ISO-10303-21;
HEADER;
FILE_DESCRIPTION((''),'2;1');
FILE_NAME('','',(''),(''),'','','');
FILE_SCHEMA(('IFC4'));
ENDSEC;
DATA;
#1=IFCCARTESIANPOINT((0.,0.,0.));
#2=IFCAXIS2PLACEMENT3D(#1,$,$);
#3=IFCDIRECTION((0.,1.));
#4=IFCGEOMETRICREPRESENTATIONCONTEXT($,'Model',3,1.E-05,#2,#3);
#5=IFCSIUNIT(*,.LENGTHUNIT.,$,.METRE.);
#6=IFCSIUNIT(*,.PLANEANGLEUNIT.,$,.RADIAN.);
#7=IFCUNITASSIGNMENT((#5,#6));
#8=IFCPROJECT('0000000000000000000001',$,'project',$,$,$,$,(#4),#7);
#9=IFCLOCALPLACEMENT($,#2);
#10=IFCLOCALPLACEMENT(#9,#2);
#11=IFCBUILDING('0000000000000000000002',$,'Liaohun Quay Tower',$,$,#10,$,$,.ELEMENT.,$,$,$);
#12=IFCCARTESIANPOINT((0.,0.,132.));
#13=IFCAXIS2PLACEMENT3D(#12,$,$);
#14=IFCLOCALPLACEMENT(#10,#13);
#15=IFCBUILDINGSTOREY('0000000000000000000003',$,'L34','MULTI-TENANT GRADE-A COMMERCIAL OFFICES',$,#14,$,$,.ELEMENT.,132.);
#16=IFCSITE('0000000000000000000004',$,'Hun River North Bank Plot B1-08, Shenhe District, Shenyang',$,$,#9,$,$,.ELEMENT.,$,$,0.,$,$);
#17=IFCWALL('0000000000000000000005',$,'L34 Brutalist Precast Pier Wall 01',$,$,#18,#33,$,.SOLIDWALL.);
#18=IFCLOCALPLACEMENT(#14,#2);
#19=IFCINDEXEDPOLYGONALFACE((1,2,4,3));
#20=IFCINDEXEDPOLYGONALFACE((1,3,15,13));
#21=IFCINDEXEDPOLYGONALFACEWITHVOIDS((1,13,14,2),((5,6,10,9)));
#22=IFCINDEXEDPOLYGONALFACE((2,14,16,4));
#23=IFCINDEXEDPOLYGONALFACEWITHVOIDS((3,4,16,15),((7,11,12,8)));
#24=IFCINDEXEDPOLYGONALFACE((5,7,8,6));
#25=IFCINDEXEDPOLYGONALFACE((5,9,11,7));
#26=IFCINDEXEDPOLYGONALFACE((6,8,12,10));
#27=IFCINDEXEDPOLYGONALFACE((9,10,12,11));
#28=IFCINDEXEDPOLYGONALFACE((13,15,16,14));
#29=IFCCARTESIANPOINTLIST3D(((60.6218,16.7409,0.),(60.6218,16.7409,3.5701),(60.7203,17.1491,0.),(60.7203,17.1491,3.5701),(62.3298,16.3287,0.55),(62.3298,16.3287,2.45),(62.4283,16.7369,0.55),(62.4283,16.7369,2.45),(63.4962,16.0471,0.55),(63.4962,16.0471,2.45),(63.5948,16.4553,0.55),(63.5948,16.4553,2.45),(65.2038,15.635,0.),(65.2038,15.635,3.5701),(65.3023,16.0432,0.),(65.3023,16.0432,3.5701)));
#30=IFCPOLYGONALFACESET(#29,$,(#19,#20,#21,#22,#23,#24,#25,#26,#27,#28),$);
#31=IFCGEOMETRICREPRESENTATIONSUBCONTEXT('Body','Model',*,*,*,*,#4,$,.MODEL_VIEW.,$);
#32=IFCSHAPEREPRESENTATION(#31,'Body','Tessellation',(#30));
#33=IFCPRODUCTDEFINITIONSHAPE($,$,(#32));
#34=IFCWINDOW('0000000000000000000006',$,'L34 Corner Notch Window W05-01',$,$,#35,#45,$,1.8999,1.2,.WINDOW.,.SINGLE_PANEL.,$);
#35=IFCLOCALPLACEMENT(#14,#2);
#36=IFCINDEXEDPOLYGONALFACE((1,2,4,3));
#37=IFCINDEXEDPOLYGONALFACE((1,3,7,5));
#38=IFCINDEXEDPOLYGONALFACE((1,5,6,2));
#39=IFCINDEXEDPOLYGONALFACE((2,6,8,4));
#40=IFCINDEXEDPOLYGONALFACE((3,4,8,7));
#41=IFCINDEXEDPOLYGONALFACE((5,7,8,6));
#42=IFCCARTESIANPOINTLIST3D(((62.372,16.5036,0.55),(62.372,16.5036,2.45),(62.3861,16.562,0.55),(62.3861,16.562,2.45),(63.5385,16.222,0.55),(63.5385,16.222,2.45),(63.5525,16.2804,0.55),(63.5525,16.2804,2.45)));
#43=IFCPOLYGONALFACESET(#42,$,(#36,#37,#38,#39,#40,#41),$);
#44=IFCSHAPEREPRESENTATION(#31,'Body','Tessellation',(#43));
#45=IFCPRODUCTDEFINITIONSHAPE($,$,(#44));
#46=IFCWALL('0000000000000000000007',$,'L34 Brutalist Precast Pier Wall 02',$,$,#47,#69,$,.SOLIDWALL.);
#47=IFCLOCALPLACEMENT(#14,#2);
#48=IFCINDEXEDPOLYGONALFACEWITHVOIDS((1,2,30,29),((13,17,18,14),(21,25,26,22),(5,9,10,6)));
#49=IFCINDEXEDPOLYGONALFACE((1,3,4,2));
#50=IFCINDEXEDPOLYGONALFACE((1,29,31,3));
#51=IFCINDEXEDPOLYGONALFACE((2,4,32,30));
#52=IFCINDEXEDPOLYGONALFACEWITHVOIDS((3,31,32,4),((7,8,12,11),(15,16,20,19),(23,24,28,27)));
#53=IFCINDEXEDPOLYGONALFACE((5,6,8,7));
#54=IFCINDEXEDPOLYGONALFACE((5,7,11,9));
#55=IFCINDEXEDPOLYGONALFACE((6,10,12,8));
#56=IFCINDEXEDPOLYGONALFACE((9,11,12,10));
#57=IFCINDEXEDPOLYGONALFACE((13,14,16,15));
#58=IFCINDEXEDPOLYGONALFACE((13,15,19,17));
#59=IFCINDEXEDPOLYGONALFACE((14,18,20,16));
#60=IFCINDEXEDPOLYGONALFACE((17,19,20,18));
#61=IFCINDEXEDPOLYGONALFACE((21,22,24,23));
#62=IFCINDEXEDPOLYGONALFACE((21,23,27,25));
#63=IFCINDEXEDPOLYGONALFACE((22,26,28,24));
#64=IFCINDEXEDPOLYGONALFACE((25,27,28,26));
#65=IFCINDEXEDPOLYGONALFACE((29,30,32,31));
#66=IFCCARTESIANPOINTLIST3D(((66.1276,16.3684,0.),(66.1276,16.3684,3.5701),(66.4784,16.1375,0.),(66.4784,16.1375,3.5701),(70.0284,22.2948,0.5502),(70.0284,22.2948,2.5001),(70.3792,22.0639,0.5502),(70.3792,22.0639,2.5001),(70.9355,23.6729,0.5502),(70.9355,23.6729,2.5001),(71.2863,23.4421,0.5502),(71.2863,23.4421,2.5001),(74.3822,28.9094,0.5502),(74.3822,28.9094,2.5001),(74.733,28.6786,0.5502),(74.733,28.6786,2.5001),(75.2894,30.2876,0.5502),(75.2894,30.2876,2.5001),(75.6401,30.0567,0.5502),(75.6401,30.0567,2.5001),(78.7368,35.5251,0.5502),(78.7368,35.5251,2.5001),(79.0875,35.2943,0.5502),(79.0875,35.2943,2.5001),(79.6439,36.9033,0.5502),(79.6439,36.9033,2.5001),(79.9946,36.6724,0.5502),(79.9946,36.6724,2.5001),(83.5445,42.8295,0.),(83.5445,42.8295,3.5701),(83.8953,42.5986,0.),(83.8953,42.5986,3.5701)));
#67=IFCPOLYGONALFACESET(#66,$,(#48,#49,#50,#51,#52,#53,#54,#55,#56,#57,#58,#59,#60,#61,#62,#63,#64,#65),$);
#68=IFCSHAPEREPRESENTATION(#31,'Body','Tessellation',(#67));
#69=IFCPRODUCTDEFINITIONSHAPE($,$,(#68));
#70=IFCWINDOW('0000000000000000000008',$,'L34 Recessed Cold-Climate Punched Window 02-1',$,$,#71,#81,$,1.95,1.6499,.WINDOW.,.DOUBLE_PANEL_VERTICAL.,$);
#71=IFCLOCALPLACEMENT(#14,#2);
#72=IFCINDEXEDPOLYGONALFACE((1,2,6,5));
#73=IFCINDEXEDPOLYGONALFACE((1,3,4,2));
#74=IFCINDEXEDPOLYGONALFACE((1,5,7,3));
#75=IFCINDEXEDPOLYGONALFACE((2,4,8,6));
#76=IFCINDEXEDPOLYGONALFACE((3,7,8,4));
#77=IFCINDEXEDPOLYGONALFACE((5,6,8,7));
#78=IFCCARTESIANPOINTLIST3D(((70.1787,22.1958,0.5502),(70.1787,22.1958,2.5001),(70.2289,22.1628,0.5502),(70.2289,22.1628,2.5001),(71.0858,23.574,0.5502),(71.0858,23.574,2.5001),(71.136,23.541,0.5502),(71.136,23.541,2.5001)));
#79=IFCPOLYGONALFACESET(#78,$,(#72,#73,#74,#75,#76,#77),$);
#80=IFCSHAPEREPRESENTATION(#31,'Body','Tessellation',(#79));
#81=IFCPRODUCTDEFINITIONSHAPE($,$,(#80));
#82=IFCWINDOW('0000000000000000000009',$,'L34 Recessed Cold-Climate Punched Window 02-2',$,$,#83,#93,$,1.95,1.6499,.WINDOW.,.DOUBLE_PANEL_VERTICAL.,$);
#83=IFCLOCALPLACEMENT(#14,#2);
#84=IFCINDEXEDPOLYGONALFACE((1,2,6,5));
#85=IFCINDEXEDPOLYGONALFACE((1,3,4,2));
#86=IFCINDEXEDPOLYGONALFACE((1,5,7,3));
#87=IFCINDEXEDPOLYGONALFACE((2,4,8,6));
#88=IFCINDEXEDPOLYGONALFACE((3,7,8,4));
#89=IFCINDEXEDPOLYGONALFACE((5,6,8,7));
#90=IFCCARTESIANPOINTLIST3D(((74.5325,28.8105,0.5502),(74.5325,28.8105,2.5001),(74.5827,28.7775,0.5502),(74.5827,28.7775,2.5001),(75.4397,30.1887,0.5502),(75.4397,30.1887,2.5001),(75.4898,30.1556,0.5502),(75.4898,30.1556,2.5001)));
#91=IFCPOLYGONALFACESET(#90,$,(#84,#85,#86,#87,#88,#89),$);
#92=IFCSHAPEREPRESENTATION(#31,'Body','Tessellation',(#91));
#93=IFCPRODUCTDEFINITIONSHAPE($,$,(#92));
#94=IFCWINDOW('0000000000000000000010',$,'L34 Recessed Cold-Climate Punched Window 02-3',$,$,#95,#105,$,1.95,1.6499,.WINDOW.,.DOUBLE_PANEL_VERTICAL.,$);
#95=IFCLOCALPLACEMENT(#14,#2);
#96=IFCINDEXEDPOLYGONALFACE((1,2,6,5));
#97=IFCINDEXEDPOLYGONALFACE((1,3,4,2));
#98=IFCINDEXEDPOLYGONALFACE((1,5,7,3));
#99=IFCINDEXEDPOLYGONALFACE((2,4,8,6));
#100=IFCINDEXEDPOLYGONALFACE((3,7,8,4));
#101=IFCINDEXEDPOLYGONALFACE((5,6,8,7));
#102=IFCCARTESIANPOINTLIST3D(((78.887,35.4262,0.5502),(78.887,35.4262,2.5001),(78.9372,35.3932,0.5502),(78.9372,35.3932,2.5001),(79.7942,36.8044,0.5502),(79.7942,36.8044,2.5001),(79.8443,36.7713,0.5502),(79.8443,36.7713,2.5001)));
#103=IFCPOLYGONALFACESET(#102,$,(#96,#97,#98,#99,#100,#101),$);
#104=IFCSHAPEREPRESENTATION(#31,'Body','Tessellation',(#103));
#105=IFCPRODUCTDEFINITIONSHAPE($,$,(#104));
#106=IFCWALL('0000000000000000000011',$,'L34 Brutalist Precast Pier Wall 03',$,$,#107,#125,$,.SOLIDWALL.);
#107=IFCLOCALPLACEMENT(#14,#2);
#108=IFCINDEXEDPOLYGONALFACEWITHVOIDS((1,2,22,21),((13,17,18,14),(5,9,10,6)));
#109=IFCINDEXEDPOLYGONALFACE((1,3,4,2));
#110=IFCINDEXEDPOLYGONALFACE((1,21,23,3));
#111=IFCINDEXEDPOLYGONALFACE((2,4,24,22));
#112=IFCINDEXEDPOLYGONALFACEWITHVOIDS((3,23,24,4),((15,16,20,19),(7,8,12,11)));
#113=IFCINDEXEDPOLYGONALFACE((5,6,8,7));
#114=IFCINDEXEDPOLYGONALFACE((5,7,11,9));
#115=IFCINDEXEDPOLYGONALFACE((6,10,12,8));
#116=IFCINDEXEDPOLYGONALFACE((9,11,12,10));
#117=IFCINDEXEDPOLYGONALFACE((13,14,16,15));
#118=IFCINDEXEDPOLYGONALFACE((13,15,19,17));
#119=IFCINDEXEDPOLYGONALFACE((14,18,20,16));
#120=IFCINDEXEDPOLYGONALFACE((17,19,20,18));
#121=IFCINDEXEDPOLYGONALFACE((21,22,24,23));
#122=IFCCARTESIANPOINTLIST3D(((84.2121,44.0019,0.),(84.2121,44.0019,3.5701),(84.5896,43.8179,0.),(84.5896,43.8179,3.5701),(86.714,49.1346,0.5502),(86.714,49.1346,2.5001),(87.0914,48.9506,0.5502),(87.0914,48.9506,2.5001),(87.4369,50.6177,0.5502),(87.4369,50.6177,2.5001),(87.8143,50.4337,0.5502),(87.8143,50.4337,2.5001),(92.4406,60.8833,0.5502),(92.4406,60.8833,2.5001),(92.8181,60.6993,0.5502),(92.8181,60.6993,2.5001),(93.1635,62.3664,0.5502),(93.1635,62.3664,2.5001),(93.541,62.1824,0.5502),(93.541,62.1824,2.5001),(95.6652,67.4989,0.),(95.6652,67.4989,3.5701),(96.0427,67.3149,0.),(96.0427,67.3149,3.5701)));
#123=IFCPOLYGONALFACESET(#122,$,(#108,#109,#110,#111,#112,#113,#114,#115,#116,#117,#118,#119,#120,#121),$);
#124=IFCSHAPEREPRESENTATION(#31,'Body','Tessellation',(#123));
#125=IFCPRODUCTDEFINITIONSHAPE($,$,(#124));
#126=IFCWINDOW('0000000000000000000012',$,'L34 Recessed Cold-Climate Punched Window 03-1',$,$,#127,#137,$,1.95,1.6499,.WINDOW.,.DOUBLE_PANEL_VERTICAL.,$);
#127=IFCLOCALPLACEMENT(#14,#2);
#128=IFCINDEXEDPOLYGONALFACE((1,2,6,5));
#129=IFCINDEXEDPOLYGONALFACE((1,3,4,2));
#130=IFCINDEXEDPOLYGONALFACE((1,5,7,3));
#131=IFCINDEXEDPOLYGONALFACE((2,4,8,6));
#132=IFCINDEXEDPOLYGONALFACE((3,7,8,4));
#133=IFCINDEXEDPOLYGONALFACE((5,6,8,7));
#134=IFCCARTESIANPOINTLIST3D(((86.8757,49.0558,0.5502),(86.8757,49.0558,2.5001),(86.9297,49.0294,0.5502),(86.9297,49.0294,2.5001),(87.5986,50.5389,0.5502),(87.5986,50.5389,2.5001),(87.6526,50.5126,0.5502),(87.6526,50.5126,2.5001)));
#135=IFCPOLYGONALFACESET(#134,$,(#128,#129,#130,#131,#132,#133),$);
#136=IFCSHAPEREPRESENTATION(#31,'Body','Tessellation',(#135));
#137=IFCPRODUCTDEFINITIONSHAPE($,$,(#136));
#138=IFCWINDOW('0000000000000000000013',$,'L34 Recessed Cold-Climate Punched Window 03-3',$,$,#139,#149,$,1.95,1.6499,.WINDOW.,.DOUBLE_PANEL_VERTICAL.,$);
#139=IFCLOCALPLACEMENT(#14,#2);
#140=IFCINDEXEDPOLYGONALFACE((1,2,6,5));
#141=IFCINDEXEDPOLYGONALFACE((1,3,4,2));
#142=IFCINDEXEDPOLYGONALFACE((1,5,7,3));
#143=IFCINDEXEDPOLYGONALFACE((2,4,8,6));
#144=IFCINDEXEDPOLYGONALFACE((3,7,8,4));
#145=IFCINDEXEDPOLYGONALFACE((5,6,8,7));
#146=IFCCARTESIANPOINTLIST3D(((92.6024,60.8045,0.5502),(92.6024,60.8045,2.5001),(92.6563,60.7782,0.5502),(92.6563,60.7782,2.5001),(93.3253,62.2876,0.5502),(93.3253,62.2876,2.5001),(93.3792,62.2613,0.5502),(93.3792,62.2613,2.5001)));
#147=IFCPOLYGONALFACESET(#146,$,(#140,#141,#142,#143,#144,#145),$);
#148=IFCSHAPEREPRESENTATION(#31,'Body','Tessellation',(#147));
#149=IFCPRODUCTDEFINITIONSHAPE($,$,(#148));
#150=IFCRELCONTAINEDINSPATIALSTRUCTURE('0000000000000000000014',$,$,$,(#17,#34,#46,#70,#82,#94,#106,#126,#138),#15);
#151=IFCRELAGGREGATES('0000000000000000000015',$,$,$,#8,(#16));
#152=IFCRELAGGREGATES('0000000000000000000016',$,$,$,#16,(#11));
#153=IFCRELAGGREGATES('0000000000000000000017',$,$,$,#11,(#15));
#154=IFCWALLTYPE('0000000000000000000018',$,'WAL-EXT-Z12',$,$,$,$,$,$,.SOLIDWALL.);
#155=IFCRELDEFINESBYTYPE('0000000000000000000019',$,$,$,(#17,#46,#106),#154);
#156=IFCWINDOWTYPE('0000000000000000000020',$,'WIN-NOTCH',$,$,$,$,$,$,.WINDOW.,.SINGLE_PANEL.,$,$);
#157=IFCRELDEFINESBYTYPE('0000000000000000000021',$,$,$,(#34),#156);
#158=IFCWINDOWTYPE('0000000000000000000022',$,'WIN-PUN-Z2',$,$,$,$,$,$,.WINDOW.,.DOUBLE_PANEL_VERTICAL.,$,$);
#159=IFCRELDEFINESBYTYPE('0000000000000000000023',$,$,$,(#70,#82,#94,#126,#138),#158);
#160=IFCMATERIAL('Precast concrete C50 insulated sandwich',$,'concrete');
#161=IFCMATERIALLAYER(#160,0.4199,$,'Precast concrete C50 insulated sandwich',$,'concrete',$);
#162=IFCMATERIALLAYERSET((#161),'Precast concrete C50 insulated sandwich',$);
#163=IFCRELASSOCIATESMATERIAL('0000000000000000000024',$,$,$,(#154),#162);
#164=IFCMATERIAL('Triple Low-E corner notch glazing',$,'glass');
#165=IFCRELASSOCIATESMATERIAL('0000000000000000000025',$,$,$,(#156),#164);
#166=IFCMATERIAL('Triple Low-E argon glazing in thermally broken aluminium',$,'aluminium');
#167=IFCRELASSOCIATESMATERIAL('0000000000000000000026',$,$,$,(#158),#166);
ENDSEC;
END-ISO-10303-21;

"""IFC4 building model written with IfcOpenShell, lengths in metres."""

from ifc_helpers import new_model, si_unit, direction, frame, frame_2d, origin, place, context, subcontext, project, spatial, rectangle, extrude, source, transform, mapped, material, layer, layer_set, type_object, element, fill, save


model = new_model("IFC4")

# Units and contexts
model_context = context("Model", 3, precision=1e-05, world=origin(), true_north=direction((0.0, 1.0)))
body_context = subcontext(model_context, "Body", "Model", "MODEL_VIEW")
ifc_project = project(units=[si_unit("LENGTHUNIT", "METRE"), si_unit("PLANEANGLEUNIT", "RADIAN")], contexts=[model_context])

# Site, building, storey
site_placement = place(None, origin())
site = spatial("IfcSite", under=ifc_project, at=site_placement, Name="Hun River North Bank Plot B1-08, Shenhe District, Shenyang", CompositionType="ELEMENT", RefElevation=0.0)
building_placement = place(site_placement, origin())
building = spatial("IfcBuilding", under=site, at=building_placement, Name="Liaohun Quay Tower", CompositionType="ELEMENT")
storey_placement = place(building_placement, frame((0.0, 0.0, 132.0)))
storey = spatial("IfcBuildingStorey", under=building, at=storey_placement, Name="L34", Description="MULTI-TENANT GRADE-A COMMERCIAL OFFICES", CompositionType="ELEMENT", Elevation=132.0)

# Wall, opening, window
ifc_material_1 = material(Name="Precast concrete C50 insulated sandwich", Category="concrete")
ifc_layer_1 = layer(ifc_material_1, 0.4199, Name="Precast concrete C50 insulated sandwich", Category="concrete")
ifc_layer_set_1 = layer_set([ifc_layer_1], Name="Precast concrete C50 insulated sandwich")
wall_type_1 = type_object("IfcWallType", Name="WAL-EXT-Z12", PredefinedType="SOLIDWALL", material=ifc_layer_set_1)
wall_1_placement = place(storey_placement, frame((60.6709, 16.9451, 0.0), z_axis=(0.0, 0.0, 1.0), x_axis=(0.972085, -0.23463, 0.0)))
wall_1 = element("IfcWall", 1, at=wall_1_placement, inside=storey, type_object=wall_type_1, Name="L34 Brutalist Precast Pier Wall 01", PredefinedType="SOLIDWALL", context=body_context, shape_type="SweptSolid", body=[
    extrude(rectangle(XDim=4.7136, YDim=0.4199, at=frame_2d((2.3569, 0.0))), origin(), (0.0, 0.0, 1.0), 3.5701),
])
shared_shape_1 = source(origin(), body_context, "Body", "SweptSolid", [
    extrude(rectangle(XDim=1.2, YDim=1.8999, at=frame_2d((0.6001, 0.95))), frame((0.0, 0.22, 0.0), z_axis=(0.0, -1.0, 0.0), x_axis=(1.0, 0.0, 0.0)), (0.0, 0.0, 1.0), 0.4399),
])
opening_1_placement = place(wall_1_placement, frame((1.7571, 0.0, 0.55)))
opening_1 = element("IfcOpeningElement", 2, at=opening_1_placement, cuts=wall_1, PredefinedType="OPENING", context=body_context, shape_type="MappedRepresentation", body=[
    mapped(shared_shape_1, transform((0.0, 0.0, 0.0), x_axis=(1.0, 0.0, 0.0), y_axis=(0.0, 1.0, 0.0), z_axis=(0.0, 0.0, 1.0), scale=1.0)),
])
ifc_material_2 = material(Name="Triple Low-E corner notch glazing", Category="glass")
window_type_1 = type_object("IfcWindowType", Name="WIN-NOTCH", PartitioningType="SINGLE_PANEL", PredefinedType="WINDOW", material=ifc_material_2)
shared_shape_2 = source(origin(), body_context, "Body", "SweptSolid", [
    extrude(rectangle(XDim=1.2, YDim=1.8999, at=frame_2d((0.6001, 0.95))), frame((0.0, 0.03, 0.0), z_axis=(0.0, -1.0, 0.0), x_axis=(1.0, 0.0, 0.0)), (0.0, 0.0, 1.0), 0.0601),
])
window_1_placement = place(opening_1_placement, origin())
window_1 = element("IfcWindow", 3, at=window_1_placement, inside=storey, type_object=window_type_1, Name="L34 Corner Notch Window W05-01", OverallHeight=1.8999, OverallWidth=1.2, PartitioningType="SINGLE_PANEL", PredefinedType="WINDOW", context=body_context, shape_type="MappedRepresentation", body=[
    mapped(shared_shape_2, transform((0.0, 0.0, 0.0), x_axis=(1.0, 0.0, 0.0), y_axis=(0.0, 1.0, 0.0), z_axis=(0.0, 0.0, 1.0), scale=1.0)),
])
fill(opening_1, window_1)

# Walls, openings, windows
wall_2_placement = place(storey_placement, frame((66.303, 16.2529, 0.0), z_axis=(0.0, 0.0, 1.0), x_axis=(0.5498, 0.835296, 0.0)))
wall_2 = element("IfcWall", 4, at=wall_2_placement, inside=storey, type_object=wall_type_1, Name="L34 Brutalist Precast Pier Wall 02", PredefinedType="SOLIDWALL", context=body_context, shape_type="SweptSolid", body=[
    extrude(rectangle(XDim=31.6787, YDim=0.4199, at=frame_2d((15.8394, 0.0))), origin(), (0.0, 0.0, 1.0), 3.5701),
])
shared_shape_3 = source(origin(), body_context, "Body", "SweptSolid", [
    extrude(rectangle(XDim=1.6499, YDim=1.95, at=frame_2d((0.825, 0.9751))), frame((0.0, 0.22, 0.0), z_axis=(0.0, -1.0, 0.0), x_axis=(1.0, 0.0, 0.0)), (0.0, 0.0, 1.0), 0.4399),
])
opening_2_placement = place(wall_2_placement, frame((7.095, 0.0, 0.55)))
opening_2 = element("IfcOpeningElement", 5, at=opening_2_placement, cuts=wall_2, PredefinedType="OPENING", context=body_context, shape_type="MappedRepresentation", body=[
    mapped(shared_shape_3, transform((0.0, 0.0, 0.0), x_axis=(1.0, 0.0, 0.0), y_axis=(0.0, 1.0, 0.0), z_axis=(0.0, 0.0, 1.0), scale=1.0)),
])
opening_3_placement = place(wall_2_placement, frame((15.0139, 0.0, 0.55)))
opening_3 = element("IfcOpeningElement", 6, at=opening_3_placement, cuts=wall_2, PredefinedType="OPENING", context=body_context, shape_type="MappedRepresentation", body=[
    mapped(shared_shape_3, transform((0.0, 0.0, 0.0), x_axis=(1.0, 0.0, 0.0), y_axis=(0.0, 1.0, 0.0), z_axis=(0.0, 0.0, 1.0), scale=1.0)),
])
opening_4_placement = place(wall_2_placement, frame((22.9341, 0.0, 0.55)))
opening_4 = element("IfcOpeningElement", 7, at=opening_4_placement, cuts=wall_2, PredefinedType="OPENING", context=body_context, shape_type="MappedRepresentation", body=[
    mapped(shared_shape_3, transform((0.0, 0.0, 0.0), x_axis=(1.0, 0.0, 0.0), y_axis=(0.0, 1.0, 0.0), z_axis=(0.0, 0.0, 1.0), scale=1.0)),
])
ifc_material_3 = material(Name="Triple Low-E argon glazing in thermally broken aluminium", Category="aluminium")
window_type_2 = type_object("IfcWindowType", Name="WIN-PUN-Z2", PartitioningType="DOUBLE_PANEL_VERTICAL", PredefinedType="WINDOW", material=ifc_material_3)
shared_shape_4 = source(origin(), body_context, "Body", "SweptSolid", [
    extrude(rectangle(XDim=1.6499, YDim=1.95, at=frame_2d((0.825, 0.9751))), frame((0.0, 0.03, 0.0), z_axis=(0.0, -1.0, 0.0), x_axis=(1.0, 0.0, 0.0)), (0.0, 0.0, 1.0), 0.0601),
])
window_2_placement = place(opening_2_placement, origin())
window_2 = element("IfcWindow", 8, at=window_2_placement, inside=storey, type_object=window_type_2, Name="L34 Recessed Cold-Climate Punched Window 02-1", OverallHeight=1.95, OverallWidth=1.6499, PartitioningType="DOUBLE_PANEL_VERTICAL", PredefinedType="WINDOW", context=body_context, shape_type="MappedRepresentation", body=[
    mapped(shared_shape_4, transform((0.0, 0.0, 0.0), x_axis=(1.0, 0.0, 0.0), y_axis=(0.0, 1.0, 0.0), z_axis=(0.0, 0.0, 1.0), scale=1.0)),
])
fill(opening_2, window_2)
window_3_placement = place(opening_3_placement, origin())
window_3 = element("IfcWindow", 9, at=window_3_placement, inside=storey, type_object=window_type_2, Name="L34 Recessed Cold-Climate Punched Window 02-2", OverallHeight=1.95, OverallWidth=1.6499, PartitioningType="DOUBLE_PANEL_VERTICAL", PredefinedType="WINDOW", context=body_context, shape_type="MappedRepresentation", body=[
    mapped(shared_shape_4, transform((0.0, 0.0, 0.0), x_axis=(1.0, 0.0, 0.0), y_axis=(0.0, 1.0, 0.0), z_axis=(0.0, 0.0, 1.0), scale=1.0)),
])
fill(opening_3, window_3)
window_4_placement = place(opening_4_placement, origin())
window_4 = element("IfcWindow", 10, at=window_4_placement, inside=storey, type_object=window_type_2, Name="L34 Recessed Cold-Climate Punched Window 02-3", OverallHeight=1.95, OverallWidth=1.6499, PartitioningType="DOUBLE_PANEL_VERTICAL", PredefinedType="WINDOW", context=body_context, shape_type="MappedRepresentation", body=[
    mapped(shared_shape_4, transform((0.0, 0.0, 0.0), x_axis=(1.0, 0.0, 0.0), y_axis=(0.0, 1.0, 0.0), z_axis=(0.0, 0.0, 1.0), scale=1.0)),
])
fill(opening_4, window_4)
wall_3_placement = place(storey_placement, frame((84.4009, 43.9099, 0.0), z_axis=(0.0, 0.0, 1.0), x_axis=(0.43815, 0.898902, 0.0)))
wall_3 = element("IfcWall", 11, at=wall_3_placement, inside=storey, type_object=wall_type_1, Name="L34 Brutalist Precast Pier Wall 03", PredefinedType="SOLIDWALL", context=body_context, shape_type="SweptSolid", body=[
    extrude(rectangle(XDim=26.1396, YDim=0.4199, at=frame_2d((13.0698, 0.0))), origin(), (0.0, 0.0, 1.0), 3.5701),
])
opening_5_placement = place(wall_3_placement, frame((5.71, 0.0, 0.55)))
opening_5 = element("IfcOpeningElement", 12, at=opening_5_placement, cuts=wall_3, PredefinedType="OPENING", context=body_context, shape_type="MappedRepresentation", body=[
    mapped(shared_shape_3, transform((0.0, 0.0, 0.0), x_axis=(1.0, 0.0, 0.0), y_axis=(0.0, 1.0, 0.0), z_axis=(0.0, 0.0, 1.0), scale=1.0)),
])
opening_6_placement = place(wall_3_placement, frame((18.78, 0.0, 0.55)))
opening_6 = element("IfcOpeningElement", 13, at=opening_6_placement, cuts=wall_3, PredefinedType="OPENING", context=body_context, shape_type="MappedRepresentation", body=[
    mapped(shared_shape_3, transform((0.0, 0.0, 0.0), x_axis=(1.0, 0.0, 0.0), y_axis=(0.0, 1.0, 0.0), z_axis=(0.0, 0.0, 1.0), scale=1.0)),
])
window_5_placement = place(opening_5_placement, origin())
window_5 = element("IfcWindow", 14, at=window_5_placement, inside=storey, type_object=window_type_2, Name="L34 Recessed Cold-Climate Punched Window 03-1", OverallHeight=1.95, OverallWidth=1.6499, PartitioningType="DOUBLE_PANEL_VERTICAL", PredefinedType="WINDOW", context=body_context, shape_type="MappedRepresentation", body=[
    mapped(shared_shape_4, transform((0.0, 0.0, 0.0), x_axis=(1.0, 0.0, 0.0), y_axis=(0.0, 1.0, 0.0), z_axis=(0.0, 0.0, 1.0), scale=1.0)),
])
fill(opening_5, window_5)
window_6_placement = place(opening_6_placement, origin())
window_6 = element("IfcWindow", 15, at=window_6_placement, inside=storey, type_object=window_type_2, Name="L34 Recessed Cold-Climate Punched Window 03-3", OverallHeight=1.95, OverallWidth=1.6499, PartitioningType="DOUBLE_PANEL_VERTICAL", PredefinedType="WINDOW", context=body_context, shape_type="MappedRepresentation", body=[
    mapped(shared_shape_4, transform((0.0, 0.0, 0.0), x_axis=(1.0, 0.0, 0.0), y_axis=(0.0, 1.0, 0.0), z_axis=(0.0, 0.0, 1.0), scale=1.0)),
])
fill(opening_6, window_6)

save(model, "model.ifc")
